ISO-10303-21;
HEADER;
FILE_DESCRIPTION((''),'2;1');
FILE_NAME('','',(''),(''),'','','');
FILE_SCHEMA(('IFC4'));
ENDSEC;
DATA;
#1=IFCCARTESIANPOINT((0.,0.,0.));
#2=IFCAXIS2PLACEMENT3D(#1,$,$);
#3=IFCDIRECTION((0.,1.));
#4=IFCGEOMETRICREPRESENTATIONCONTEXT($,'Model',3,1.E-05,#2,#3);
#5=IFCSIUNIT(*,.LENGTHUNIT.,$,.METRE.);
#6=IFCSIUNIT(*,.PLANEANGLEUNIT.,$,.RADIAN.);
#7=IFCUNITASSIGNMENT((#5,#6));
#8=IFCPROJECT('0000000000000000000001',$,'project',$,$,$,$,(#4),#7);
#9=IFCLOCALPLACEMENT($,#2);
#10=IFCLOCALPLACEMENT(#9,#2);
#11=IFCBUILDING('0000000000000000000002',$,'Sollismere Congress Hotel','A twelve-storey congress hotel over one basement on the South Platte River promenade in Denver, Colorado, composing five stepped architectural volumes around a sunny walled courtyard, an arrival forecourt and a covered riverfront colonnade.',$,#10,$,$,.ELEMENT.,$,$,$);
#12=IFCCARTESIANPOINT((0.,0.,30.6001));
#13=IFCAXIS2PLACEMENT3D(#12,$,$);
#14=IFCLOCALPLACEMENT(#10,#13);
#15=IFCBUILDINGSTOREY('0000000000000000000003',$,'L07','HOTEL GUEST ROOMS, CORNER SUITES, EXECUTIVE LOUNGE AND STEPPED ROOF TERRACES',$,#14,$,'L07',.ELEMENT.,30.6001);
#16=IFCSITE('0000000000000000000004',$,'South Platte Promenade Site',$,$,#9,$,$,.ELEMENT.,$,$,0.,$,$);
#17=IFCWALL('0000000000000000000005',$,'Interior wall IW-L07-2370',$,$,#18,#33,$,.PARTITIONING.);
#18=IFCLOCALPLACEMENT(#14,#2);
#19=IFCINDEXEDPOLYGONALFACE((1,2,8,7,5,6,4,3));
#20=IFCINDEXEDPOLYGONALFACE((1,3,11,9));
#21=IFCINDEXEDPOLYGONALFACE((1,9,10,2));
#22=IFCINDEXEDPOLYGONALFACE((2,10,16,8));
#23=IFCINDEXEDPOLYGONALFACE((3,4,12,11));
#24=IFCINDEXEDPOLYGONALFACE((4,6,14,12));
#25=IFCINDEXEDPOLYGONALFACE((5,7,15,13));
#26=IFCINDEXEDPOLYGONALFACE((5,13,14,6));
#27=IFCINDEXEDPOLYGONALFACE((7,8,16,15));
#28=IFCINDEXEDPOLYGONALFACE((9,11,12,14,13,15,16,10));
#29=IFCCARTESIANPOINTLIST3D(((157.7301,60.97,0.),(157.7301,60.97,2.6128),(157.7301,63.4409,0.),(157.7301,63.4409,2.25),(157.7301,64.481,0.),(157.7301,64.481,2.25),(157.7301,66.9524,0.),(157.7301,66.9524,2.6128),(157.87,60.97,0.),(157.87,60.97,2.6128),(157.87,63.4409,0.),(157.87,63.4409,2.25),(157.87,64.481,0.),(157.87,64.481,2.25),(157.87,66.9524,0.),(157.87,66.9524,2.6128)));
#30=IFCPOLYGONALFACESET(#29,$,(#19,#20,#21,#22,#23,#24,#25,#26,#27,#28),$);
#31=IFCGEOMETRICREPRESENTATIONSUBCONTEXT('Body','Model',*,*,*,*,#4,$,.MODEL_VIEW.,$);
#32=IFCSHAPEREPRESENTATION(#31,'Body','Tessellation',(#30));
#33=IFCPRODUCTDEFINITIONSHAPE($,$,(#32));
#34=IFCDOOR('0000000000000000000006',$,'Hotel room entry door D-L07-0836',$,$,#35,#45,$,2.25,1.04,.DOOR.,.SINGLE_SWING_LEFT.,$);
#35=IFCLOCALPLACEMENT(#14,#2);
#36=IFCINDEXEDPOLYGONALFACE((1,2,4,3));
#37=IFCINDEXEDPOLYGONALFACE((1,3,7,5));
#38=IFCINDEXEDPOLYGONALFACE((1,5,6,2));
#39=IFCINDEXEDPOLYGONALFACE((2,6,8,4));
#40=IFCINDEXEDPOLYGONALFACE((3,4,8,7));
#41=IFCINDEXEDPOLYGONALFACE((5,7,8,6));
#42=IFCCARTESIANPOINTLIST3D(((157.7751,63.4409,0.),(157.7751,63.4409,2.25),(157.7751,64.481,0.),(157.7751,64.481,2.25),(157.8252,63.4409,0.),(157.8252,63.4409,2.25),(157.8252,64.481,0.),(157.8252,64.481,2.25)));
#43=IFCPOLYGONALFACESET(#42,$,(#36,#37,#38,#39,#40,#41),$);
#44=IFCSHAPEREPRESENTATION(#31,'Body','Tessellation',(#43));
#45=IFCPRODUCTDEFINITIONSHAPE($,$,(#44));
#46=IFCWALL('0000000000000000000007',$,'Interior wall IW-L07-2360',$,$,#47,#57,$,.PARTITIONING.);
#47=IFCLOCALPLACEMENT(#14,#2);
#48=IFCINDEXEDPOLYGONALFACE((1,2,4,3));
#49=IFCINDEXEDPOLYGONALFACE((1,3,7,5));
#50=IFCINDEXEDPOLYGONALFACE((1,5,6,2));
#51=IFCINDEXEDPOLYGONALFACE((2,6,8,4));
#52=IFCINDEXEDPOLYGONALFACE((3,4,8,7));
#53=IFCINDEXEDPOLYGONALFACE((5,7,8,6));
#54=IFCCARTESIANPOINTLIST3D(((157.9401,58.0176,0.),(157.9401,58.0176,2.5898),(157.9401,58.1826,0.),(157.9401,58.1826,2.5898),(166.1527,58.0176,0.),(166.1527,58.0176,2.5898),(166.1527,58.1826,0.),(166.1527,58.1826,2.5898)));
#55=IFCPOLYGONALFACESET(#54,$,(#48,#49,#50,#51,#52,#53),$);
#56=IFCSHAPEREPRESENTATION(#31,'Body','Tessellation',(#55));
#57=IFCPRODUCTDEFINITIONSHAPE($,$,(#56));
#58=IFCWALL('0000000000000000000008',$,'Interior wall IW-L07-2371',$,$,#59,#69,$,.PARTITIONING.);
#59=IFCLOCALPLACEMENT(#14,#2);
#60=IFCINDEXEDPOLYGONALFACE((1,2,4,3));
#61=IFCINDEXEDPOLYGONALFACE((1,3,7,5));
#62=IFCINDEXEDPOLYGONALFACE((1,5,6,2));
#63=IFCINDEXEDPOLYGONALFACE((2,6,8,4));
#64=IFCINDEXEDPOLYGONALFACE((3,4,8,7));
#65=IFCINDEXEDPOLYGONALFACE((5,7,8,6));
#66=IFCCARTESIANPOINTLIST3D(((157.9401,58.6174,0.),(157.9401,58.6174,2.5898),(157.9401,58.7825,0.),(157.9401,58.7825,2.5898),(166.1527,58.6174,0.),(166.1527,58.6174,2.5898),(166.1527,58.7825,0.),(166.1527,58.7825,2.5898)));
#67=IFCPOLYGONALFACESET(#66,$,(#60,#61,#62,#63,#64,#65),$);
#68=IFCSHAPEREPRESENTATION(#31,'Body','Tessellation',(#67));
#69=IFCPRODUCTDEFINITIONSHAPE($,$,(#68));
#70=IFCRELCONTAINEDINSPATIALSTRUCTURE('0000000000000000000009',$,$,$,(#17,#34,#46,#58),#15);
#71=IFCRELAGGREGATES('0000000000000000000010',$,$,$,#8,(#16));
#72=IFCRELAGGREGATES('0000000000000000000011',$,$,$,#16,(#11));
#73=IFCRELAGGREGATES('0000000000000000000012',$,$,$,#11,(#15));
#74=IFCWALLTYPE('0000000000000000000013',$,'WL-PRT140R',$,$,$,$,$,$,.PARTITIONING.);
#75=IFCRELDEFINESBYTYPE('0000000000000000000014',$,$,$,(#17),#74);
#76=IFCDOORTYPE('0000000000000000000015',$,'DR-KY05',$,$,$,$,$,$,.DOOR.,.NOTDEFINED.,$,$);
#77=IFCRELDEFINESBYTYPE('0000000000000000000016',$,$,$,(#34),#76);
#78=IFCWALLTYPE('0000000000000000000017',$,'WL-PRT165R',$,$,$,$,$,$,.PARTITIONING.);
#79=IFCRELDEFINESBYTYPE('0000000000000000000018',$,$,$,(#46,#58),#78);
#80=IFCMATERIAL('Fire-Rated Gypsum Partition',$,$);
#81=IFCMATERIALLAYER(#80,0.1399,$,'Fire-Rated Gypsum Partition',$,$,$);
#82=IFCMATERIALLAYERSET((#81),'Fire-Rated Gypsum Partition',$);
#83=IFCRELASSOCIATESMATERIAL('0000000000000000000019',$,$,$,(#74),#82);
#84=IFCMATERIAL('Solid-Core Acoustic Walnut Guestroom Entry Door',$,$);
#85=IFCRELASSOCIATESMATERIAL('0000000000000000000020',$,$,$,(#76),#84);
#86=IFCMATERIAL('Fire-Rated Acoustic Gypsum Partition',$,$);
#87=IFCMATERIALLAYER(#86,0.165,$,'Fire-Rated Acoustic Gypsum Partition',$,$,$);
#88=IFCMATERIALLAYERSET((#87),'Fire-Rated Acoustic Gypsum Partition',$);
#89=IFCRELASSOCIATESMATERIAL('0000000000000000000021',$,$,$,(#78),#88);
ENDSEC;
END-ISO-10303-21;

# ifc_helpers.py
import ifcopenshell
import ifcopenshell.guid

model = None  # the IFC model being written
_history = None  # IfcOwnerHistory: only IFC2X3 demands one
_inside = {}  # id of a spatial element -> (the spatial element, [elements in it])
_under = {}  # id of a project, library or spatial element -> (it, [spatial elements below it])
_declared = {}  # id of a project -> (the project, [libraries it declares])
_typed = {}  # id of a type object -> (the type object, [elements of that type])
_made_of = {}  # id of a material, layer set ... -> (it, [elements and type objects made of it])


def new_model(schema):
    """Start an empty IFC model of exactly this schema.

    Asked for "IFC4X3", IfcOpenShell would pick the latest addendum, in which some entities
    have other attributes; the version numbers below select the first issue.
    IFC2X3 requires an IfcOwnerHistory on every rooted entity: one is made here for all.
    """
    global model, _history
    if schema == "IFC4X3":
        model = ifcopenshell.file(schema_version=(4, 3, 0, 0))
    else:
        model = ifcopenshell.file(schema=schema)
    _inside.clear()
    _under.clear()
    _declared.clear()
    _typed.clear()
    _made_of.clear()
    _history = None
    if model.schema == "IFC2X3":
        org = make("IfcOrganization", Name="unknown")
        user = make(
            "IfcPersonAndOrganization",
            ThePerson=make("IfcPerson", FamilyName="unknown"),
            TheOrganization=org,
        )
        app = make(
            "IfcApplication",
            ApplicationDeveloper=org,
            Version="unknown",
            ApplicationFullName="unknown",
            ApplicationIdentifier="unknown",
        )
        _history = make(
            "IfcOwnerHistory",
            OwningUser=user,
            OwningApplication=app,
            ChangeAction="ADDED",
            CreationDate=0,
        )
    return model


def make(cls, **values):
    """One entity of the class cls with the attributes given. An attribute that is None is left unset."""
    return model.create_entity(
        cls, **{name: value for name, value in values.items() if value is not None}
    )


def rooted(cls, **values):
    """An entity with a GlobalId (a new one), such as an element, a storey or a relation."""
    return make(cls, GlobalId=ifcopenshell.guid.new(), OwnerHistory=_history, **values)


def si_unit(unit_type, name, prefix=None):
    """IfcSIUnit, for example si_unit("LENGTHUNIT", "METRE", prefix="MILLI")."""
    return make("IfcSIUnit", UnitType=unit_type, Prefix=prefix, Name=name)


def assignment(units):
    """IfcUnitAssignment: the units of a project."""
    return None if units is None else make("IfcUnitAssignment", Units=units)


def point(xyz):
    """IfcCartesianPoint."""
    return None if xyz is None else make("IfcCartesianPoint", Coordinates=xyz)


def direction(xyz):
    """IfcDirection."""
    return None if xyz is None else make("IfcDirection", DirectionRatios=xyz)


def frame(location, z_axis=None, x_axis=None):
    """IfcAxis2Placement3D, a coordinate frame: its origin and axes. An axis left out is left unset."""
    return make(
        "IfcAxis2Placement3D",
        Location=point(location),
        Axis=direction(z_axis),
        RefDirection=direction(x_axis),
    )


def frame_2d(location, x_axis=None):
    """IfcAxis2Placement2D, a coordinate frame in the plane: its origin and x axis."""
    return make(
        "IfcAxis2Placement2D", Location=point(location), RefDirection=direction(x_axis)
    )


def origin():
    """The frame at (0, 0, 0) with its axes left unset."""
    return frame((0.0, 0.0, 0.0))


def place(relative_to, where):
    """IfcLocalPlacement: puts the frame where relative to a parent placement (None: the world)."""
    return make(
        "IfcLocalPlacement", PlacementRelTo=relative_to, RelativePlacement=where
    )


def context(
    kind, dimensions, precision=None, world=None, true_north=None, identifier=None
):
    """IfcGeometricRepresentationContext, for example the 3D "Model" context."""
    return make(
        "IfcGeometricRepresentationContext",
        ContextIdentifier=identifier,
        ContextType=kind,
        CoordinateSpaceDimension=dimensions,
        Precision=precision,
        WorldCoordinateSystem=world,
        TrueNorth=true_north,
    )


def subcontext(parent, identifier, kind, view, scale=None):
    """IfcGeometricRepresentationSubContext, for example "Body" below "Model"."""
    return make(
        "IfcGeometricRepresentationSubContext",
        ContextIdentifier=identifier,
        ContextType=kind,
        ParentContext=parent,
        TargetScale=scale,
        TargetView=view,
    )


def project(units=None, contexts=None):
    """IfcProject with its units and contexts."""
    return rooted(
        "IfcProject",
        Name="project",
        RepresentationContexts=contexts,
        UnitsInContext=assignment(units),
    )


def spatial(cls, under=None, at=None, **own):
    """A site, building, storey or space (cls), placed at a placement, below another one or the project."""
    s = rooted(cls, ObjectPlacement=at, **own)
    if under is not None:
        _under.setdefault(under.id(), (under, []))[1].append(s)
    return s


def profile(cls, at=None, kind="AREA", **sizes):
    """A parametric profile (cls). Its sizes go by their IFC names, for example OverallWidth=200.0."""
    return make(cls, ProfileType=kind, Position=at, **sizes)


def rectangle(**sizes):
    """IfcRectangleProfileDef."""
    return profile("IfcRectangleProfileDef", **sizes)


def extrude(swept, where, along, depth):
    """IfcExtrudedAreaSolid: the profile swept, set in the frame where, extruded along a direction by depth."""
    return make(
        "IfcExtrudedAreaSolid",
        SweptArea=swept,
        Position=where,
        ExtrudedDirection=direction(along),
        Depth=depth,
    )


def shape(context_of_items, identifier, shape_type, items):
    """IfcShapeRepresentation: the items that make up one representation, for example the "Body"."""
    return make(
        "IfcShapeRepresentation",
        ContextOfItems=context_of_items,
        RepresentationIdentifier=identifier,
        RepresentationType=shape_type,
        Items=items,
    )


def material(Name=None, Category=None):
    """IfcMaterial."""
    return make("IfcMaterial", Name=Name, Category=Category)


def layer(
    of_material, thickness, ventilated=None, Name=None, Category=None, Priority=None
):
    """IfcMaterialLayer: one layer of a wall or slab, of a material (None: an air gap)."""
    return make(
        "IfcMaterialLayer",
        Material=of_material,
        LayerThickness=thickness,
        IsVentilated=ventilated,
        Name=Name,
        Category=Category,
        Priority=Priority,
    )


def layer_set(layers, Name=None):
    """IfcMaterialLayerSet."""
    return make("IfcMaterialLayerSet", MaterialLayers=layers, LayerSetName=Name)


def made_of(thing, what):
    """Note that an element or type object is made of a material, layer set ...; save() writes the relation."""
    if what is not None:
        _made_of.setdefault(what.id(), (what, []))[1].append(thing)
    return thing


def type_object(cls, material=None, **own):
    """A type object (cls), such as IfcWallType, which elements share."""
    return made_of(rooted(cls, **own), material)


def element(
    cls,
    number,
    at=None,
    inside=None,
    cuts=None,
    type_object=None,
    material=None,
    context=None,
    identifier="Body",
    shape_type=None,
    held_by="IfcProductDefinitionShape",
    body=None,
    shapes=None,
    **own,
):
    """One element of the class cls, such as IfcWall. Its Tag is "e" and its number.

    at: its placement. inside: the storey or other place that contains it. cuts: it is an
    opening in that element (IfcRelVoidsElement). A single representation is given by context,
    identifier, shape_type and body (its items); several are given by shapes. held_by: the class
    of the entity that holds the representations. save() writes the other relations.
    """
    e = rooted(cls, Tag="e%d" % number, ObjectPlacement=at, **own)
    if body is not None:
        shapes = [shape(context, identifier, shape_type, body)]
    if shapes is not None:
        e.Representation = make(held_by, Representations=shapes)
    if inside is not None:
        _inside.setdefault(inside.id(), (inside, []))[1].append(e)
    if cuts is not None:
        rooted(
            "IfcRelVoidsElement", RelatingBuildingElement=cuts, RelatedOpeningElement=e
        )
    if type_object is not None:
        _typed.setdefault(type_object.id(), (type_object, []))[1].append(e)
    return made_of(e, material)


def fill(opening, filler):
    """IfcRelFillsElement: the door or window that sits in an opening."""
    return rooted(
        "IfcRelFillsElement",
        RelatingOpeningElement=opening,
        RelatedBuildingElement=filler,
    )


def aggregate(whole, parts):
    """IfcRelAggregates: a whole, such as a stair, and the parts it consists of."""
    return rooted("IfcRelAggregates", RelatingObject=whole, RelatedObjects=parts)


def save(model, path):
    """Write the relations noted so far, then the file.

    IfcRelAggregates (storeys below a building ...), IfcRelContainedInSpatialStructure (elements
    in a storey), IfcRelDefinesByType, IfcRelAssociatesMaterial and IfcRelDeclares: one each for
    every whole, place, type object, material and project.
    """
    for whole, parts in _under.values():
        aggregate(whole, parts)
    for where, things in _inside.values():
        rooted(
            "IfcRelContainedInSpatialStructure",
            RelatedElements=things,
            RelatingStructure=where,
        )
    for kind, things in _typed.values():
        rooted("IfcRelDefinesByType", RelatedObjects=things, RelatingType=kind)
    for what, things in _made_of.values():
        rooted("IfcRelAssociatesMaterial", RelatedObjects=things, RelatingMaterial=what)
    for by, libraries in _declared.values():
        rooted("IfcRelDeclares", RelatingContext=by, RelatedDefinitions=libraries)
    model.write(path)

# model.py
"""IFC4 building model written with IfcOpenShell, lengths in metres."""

from ifc_helpers import new_model, si_unit, direction, frame, frame_2d, origin, place, context, subcontext, project, spatial, rectangle, extrude, material, layer, layer_set, type_object, element, fill, save


model = new_model("IFC4")

# Units and contexts
model_context = context("Model", 3, precision=1e-05, world=origin(), true_north=direction((0.0, 1.0)))
body_context = subcontext(model_context, "Body", "Model", "MODEL_VIEW")
ifc_project = project(units=[si_unit("LENGTHUNIT", "METRE"), si_unit("PLANEANGLEUNIT", "RADIAN")], contexts=[model_context])

# Site, building, storey
site_placement = place(None, origin())
site = spatial("IfcSite", under=ifc_project, at=site_placement, Name="South Platte Promenade Site", CompositionType="ELEMENT", RefElevation=0.0)
building_placement = place(site_placement, origin())
building = spatial("IfcBuilding", under=site, at=building_placement, Name="Sollismere Congress Hotel", Description="A twelve-storey congress hotel over one basement on the South Platte River promenade in Denver, Colorado, composing five stepped architectural volumes around a sunny walled courtyard, an arrival forecourt and a covered riverfront colonnade.", CompositionType="ELEMENT")
storey_placement = place(building_placement, frame((0.0, 0.0, 30.6001)))
storey = spatial("IfcBuildingStorey", under=building, at=storey_placement, Name="L07", Description="HOTEL GUEST ROOMS, CORNER SUITES, EXECUTIVE LOUNGE AND STEPPED ROOF TERRACES", LongName="L07", CompositionType="ELEMENT", Elevation=30.6001)

# Shared definitions
ifc_material_1 = material(Name="Fire-Rated Gypsum Partition")
ifc_layer_1 = layer(ifc_material_1, 0.1399, Name="Fire-Rated Gypsum Partition")
ifc_layer_set_1 = layer_set([ifc_layer_1], Name="Fire-Rated Gypsum Partition")
wall_type_1 = type_object("IfcWallType", Name="WL-PRT140R", PredefinedType="PARTITIONING", material=ifc_layer_set_1)

# Wall, opening, door
wall_1_placement = place(storey_placement, frame((157.8, 60.97, 0.0), z_axis=(0.0, 0.0, 1.0), x_axis=(0.0, 1.0, 0.0)))
wall_1 = element("IfcWall", 1, at=wall_1_placement, inside=storey, type_object=wall_type_1, Name="Interior wall IW-L07-2370", PredefinedType="PARTITIONING", context=body_context, shape_type="SweptSolid", body=[
    extrude(rectangle(XDim=5.9824, YDim=0.1399, at=frame_2d((2.9912, 0.0))), origin(), (0.0, 0.0, 1.0), 2.6128),
])
opening_1_placement = place(wall_1_placement, frame((2.4709, 0.0, 0.0)))
opening_1 = element("IfcOpeningElement", 2, at=opening_1_placement, cuts=wall_1, PredefinedType="OPENING", context=body_context, shape_type="SweptSolid", body=[
    extrude(rectangle(XDim=1.04, YDim=2.25, at=frame_2d((0.52, 1.125))), frame((0.0, 0.0798, 0.0), z_axis=(0.0, -1.0, 0.0), x_axis=(1.0, 0.0, 0.0)), (0.0, 0.0, 1.0), 0.1599),
])
ifc_material_2 = material(Name="Solid-Core Acoustic Walnut Guestroom Entry Door")
door_type_1 = type_object("IfcDoorType", Name="DR-KY05", OperationType="NOTDEFINED", PredefinedType="DOOR", material=ifc_material_2)
door_1_placement = place(opening_1_placement, origin())
door_1 = element("IfcDoor", 3, at=door_1_placement, inside=storey, type_object=door_type_1, Name="Hotel room entry door D-L07-0836", OperationType="SINGLE_SWING_LEFT", OverallHeight=2.25, OverallWidth=1.04, PredefinedType="DOOR", context=body_context, shape_type="SweptSolid", body=[
    extrude(rectangle(XDim=1.04, YDim=2.25, at=frame_2d((0.52, 1.125))), frame((0.0, 0.0249, 0.0), z_axis=(0.0, -1.0, 0.0), x_axis=(1.0, 0.0, 0.0)), (0.0, 0.0, 1.0), 0.05),
])
fill(opening_1, door_1)

# Walls
ifc_material_3 = material(Name="Fire-Rated Acoustic Gypsum Partition")
ifc_layer_2 = layer(ifc_material_3, 0.165, Name="Fire-Rated Acoustic Gypsum Partition")
ifc_layer_set_2 = layer_set([ifc_layer_2], Name="Fire-Rated Acoustic Gypsum Partition")
wall_type_2 = type_object("IfcWallType", Name="WL-PRT165R", PredefinedType="PARTITIONING", material=ifc_layer_set_2)
for number, where, z_axis, x_axis, name in (
    (4, (157.9399, 58.1001, 0.0), (0.0, 0.0, 1.0), (1.0, 0.0, 0.0), "Interior wall IW-L07-2360"),
    (5, (157.9399, 58.7, 0.0), (0.0, 0.0, 1.0), (1.0, 0.0, 0.0), "Interior wall IW-L07-2371"),
):
    element("IfcWall", number, at=place(storey_placement, frame(where, z_axis=z_axis, x_axis=x_axis)), inside=storey, type_object=wall_type_2, Name=name, PredefinedType="PARTITIONING", context=body_context, shape_type="SweptSolid", body=[
        extrude(rectangle(XDim=8.2126, YDim=0.165, at=frame_2d((4.1064, 0.0))), origin(), (0.0, 0.0, 1.0), 2.5898),
    ])

save(model, "model.ifc")
